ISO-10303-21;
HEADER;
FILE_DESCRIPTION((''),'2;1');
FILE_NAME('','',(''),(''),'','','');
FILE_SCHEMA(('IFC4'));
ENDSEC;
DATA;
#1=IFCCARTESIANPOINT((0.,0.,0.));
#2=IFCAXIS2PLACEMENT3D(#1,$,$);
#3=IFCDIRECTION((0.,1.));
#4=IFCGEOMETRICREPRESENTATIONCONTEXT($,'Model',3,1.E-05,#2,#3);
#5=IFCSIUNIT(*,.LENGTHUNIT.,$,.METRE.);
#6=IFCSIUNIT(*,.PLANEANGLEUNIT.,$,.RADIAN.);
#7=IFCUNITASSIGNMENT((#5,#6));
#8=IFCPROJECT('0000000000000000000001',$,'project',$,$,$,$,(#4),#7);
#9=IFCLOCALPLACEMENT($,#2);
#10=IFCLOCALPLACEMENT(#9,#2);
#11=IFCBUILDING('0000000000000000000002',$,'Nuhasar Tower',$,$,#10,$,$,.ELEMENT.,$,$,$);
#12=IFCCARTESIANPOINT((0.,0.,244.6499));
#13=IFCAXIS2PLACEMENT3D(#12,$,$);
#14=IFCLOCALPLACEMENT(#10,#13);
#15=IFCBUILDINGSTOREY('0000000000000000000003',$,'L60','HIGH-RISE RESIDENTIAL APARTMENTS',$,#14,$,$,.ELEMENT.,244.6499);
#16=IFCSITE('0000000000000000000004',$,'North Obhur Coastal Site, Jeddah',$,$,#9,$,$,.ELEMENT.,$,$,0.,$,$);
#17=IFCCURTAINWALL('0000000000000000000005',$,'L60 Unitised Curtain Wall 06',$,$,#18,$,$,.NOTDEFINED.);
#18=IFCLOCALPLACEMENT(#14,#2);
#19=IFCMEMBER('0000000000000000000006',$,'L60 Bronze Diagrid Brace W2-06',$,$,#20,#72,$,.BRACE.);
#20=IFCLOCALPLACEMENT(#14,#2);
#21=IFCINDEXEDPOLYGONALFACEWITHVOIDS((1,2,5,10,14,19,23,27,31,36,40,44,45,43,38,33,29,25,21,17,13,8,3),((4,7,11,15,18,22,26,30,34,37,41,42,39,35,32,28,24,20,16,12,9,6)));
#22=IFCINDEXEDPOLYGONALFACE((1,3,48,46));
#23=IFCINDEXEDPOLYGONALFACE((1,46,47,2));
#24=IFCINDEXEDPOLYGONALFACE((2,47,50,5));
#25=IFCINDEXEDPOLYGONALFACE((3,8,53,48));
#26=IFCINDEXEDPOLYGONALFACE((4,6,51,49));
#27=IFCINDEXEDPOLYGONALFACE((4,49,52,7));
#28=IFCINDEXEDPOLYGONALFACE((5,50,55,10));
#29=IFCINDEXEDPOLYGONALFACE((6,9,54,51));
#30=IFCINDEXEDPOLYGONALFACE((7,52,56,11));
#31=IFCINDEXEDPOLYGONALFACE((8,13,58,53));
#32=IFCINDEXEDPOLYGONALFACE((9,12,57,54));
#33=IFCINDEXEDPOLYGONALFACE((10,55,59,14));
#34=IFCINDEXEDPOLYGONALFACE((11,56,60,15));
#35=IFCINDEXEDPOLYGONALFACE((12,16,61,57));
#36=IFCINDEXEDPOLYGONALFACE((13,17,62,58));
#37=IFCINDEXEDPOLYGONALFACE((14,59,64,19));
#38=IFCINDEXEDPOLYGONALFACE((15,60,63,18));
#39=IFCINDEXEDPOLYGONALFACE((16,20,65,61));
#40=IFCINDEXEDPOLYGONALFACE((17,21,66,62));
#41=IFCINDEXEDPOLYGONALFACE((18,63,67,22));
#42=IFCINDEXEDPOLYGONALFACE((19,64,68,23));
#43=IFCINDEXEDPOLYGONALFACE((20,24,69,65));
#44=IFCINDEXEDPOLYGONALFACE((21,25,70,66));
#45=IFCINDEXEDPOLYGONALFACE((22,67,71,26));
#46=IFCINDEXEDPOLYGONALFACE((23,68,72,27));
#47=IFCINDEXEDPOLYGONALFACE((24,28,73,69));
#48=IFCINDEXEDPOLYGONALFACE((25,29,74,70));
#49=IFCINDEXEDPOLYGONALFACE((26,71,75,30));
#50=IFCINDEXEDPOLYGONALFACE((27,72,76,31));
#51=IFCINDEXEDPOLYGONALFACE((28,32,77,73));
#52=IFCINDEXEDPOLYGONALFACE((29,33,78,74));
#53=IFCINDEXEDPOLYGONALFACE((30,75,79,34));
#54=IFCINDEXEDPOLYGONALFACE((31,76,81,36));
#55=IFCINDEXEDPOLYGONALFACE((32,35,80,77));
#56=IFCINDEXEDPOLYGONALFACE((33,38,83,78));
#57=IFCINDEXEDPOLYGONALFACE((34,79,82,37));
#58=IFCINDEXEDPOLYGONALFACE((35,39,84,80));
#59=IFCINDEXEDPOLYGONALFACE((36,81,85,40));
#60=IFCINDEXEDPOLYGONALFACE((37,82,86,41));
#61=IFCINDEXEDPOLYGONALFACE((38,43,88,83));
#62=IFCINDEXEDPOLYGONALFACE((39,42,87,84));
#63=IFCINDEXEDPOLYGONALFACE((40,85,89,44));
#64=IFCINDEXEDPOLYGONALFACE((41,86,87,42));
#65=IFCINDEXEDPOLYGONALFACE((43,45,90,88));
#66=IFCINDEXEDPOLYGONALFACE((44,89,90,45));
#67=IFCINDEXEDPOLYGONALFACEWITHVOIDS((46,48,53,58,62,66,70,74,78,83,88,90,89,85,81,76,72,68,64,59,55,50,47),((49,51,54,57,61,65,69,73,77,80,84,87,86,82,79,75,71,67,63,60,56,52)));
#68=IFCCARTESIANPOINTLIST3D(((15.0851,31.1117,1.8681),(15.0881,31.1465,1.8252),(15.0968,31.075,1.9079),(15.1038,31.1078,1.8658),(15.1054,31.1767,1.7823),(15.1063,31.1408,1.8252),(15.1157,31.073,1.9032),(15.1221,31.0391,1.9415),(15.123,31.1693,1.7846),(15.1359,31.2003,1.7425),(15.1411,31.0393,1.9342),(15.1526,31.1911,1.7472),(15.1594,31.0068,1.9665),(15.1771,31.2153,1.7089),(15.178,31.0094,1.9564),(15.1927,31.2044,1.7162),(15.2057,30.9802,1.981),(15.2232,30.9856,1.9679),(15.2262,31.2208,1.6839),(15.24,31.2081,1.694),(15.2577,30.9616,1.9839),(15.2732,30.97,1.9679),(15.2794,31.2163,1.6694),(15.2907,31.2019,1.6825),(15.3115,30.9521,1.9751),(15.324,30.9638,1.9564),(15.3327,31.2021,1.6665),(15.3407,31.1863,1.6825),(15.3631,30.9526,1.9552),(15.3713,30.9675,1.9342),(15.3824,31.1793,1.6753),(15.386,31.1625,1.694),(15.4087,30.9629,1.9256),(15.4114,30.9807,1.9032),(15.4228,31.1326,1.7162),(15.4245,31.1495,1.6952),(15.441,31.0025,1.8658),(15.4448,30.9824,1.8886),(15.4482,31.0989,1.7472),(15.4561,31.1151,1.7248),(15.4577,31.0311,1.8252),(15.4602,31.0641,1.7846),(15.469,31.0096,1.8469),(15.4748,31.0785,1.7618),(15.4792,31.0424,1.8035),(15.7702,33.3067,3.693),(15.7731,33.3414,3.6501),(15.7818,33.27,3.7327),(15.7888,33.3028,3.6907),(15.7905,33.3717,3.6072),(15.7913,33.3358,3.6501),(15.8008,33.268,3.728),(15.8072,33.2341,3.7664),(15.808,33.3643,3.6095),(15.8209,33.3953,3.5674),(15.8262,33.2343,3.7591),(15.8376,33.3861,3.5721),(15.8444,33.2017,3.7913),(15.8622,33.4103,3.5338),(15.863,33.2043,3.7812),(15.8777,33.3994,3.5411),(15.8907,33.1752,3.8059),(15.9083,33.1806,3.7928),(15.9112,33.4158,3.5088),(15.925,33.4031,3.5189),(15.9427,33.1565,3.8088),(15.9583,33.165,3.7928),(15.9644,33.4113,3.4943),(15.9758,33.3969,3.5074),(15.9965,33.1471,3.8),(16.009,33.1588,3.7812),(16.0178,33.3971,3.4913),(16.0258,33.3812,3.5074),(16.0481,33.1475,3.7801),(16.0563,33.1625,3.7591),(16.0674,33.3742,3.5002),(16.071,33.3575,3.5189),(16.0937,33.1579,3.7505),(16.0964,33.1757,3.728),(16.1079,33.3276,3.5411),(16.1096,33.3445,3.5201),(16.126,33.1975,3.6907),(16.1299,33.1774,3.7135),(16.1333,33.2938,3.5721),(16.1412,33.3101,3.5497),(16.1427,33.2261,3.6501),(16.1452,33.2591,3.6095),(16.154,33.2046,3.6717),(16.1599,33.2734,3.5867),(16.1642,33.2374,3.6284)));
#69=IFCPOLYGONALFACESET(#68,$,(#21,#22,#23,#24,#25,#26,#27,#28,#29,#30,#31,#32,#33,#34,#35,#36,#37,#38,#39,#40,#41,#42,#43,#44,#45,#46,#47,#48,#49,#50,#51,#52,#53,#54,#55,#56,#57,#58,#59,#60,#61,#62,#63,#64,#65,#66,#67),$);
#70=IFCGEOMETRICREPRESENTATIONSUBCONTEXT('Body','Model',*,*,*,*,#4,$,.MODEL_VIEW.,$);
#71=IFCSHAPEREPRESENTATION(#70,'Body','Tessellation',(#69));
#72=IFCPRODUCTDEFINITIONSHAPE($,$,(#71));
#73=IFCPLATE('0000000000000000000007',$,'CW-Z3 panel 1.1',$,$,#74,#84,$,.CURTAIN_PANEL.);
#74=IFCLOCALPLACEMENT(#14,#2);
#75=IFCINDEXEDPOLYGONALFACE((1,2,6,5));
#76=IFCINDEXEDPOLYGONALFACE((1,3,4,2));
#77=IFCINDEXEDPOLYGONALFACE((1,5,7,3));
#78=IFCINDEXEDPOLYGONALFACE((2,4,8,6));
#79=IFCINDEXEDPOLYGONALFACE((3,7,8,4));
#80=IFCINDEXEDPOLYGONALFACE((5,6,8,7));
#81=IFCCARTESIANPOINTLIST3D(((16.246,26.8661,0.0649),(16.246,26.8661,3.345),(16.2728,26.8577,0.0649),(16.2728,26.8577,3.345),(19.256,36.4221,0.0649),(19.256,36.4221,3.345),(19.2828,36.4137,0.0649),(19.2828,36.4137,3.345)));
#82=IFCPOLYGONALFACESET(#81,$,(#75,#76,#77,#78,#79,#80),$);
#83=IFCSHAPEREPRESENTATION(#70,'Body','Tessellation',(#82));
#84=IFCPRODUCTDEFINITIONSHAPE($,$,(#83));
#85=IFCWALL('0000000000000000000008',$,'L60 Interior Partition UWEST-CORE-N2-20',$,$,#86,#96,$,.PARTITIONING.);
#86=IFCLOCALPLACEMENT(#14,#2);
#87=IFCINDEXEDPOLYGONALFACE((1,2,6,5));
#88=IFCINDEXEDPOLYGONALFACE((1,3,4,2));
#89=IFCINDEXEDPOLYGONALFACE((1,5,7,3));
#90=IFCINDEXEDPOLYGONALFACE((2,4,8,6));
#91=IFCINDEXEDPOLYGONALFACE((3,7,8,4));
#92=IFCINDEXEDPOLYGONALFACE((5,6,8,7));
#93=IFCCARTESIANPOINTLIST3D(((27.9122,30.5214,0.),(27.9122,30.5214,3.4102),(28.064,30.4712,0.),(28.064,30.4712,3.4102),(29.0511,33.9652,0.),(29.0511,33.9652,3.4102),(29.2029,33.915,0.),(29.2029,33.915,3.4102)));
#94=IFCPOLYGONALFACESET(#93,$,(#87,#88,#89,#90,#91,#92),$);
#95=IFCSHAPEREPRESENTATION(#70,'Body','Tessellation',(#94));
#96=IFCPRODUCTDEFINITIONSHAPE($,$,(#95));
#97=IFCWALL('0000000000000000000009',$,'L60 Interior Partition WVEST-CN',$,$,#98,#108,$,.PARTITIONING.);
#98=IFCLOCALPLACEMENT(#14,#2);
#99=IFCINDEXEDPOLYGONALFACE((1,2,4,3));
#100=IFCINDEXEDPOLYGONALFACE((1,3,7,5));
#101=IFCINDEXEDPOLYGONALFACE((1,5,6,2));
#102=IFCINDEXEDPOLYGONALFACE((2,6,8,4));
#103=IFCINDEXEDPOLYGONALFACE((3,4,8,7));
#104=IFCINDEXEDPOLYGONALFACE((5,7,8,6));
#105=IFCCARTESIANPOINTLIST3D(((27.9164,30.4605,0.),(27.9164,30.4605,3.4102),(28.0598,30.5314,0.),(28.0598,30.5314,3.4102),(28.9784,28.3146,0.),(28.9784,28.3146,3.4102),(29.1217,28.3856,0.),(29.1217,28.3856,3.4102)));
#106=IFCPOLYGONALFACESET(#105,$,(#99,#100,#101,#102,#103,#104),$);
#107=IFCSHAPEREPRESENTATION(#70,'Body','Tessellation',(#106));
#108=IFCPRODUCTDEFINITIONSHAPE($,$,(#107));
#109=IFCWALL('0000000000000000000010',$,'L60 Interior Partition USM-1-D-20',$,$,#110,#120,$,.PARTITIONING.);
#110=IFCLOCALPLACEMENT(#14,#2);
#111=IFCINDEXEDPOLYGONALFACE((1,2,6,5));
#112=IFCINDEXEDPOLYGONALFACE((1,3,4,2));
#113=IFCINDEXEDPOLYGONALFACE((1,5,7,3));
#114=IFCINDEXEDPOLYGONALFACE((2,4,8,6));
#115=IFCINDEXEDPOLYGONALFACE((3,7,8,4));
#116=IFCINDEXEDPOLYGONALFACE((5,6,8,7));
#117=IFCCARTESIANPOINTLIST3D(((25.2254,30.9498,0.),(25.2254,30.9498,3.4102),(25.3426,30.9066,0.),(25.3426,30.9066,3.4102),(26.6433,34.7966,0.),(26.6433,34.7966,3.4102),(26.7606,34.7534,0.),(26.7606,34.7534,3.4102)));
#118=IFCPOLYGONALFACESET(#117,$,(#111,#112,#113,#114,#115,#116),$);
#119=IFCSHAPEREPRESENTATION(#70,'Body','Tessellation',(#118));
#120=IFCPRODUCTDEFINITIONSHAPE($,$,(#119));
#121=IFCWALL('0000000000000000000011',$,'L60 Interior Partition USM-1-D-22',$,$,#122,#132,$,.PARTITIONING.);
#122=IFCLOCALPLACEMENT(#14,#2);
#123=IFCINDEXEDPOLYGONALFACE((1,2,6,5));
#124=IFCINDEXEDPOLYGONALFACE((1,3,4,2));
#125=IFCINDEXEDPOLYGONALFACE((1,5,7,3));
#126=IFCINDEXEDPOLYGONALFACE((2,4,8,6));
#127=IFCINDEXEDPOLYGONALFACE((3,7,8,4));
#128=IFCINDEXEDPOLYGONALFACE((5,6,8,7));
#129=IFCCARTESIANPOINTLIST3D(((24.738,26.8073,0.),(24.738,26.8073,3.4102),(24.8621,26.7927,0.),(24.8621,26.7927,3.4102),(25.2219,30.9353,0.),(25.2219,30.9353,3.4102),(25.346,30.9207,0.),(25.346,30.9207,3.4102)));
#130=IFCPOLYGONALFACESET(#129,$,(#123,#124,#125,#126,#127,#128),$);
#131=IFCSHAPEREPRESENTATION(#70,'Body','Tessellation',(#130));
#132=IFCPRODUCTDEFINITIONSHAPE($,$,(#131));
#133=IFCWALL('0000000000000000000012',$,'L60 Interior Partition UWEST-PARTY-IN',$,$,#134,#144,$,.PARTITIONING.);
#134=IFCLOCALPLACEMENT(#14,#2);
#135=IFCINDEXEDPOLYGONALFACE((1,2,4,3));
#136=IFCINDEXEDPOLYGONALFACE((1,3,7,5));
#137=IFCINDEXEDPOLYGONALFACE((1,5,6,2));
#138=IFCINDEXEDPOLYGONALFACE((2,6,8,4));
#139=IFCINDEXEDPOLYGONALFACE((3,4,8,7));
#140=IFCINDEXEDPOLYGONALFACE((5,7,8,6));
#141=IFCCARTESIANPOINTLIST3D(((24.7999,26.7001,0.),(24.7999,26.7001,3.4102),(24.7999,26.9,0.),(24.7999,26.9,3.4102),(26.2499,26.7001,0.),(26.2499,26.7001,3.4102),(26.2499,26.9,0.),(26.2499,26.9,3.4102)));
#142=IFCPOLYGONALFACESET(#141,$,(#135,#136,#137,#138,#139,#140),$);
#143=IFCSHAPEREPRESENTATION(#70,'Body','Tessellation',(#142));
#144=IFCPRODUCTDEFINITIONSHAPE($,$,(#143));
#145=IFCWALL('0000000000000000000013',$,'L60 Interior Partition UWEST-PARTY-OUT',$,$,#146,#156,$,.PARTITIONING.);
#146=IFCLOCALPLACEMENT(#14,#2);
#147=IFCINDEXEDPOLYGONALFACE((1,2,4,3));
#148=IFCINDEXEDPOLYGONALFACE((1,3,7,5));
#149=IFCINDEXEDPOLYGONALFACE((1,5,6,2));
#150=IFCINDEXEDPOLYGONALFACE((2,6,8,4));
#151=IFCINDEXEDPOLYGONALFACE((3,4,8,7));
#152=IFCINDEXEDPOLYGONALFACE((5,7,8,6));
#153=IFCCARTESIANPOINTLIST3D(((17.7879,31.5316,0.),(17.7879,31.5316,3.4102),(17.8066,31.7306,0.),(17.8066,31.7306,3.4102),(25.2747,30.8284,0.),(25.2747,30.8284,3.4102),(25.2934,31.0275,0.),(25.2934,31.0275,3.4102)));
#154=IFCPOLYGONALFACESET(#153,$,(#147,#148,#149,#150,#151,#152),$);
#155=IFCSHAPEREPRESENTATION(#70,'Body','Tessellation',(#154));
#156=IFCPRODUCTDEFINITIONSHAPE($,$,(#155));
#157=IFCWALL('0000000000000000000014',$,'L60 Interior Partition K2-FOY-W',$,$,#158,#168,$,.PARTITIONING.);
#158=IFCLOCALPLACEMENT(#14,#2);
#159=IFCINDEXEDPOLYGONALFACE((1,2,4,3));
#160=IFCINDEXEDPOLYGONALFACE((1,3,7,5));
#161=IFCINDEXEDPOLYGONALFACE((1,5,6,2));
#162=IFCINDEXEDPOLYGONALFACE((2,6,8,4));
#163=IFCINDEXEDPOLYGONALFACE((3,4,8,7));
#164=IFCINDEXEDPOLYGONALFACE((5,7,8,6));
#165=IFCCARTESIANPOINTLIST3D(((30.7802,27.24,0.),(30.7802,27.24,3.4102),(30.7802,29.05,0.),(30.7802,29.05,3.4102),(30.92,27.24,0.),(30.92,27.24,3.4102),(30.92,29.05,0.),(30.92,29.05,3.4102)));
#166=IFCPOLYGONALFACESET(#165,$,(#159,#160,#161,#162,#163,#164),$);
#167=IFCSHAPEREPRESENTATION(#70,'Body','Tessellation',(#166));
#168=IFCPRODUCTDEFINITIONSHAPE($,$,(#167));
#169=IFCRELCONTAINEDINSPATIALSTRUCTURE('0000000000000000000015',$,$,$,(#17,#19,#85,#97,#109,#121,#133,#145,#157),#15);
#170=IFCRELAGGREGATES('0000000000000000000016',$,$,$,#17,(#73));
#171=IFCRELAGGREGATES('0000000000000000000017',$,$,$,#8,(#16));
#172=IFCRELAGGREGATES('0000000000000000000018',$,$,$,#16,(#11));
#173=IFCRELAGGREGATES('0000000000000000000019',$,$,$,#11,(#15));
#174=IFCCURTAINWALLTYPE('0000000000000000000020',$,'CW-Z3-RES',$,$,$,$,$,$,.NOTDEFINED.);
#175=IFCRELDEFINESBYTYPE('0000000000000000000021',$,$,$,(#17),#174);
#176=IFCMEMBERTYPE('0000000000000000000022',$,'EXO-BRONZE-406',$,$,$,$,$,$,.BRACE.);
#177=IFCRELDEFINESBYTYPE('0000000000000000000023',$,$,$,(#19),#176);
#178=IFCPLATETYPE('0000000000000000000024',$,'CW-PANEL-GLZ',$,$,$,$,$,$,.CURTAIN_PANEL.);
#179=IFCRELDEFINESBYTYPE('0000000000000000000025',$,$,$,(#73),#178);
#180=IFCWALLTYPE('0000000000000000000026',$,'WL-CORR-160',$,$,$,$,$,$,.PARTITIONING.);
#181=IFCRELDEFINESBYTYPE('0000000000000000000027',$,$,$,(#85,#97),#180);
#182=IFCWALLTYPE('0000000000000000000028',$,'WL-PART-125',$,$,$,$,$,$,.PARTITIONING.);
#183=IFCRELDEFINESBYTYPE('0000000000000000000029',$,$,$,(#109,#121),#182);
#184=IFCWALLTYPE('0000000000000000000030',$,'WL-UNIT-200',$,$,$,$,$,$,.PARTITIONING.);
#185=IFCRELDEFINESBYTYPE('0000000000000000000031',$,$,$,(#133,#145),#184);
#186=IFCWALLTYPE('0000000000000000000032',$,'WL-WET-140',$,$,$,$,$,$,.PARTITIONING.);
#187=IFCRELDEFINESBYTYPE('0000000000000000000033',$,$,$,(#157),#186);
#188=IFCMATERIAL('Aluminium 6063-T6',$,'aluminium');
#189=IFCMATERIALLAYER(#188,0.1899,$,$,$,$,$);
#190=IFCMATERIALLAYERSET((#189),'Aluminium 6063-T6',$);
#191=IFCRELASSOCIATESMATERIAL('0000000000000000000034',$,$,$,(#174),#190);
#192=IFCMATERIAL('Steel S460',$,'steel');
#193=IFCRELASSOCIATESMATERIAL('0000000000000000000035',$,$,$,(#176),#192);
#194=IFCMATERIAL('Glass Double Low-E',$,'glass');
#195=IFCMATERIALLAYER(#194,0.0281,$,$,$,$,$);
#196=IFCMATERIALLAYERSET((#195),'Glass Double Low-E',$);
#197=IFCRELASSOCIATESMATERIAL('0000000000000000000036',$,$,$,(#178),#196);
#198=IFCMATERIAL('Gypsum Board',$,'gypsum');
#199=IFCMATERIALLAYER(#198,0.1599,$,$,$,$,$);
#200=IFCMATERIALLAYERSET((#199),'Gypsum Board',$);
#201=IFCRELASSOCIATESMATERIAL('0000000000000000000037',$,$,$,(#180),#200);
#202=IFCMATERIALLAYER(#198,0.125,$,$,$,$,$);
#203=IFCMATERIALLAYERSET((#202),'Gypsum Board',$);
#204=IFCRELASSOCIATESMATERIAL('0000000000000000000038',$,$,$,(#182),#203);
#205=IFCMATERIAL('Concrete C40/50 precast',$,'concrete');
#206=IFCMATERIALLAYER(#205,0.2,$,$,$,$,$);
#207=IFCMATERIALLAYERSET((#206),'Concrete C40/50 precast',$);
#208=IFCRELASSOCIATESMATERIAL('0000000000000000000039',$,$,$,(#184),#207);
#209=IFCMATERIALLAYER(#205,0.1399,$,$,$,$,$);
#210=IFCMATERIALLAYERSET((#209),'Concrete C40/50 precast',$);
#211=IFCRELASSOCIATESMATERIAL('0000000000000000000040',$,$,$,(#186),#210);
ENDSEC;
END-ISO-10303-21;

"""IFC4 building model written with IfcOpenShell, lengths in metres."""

from ifc_helpers import new_model, si_unit, direction, frame, frame_2d, origin, origin_2d, place, context, subcontext, project, spatial, rectangle, hollow_circle, extrude, material, layer, layer_set, material_profile, profile_set, type_object, element, aggregate, save


model = new_model("IFC4")

# Units and contexts
model_context = context("Model", 3, precision=1e-05, world=origin(), true_north=direction((0.0, 1.0)))
body_context = subcontext(model_context, "Body", "Model", "MODEL_VIEW")
ifc_project = project(units=[si_unit("LENGTHUNIT", "METRE"), si_unit("PLANEANGLEUNIT", "RADIAN")], contexts=[model_context])

# Site, building, storey
site_placement = place(None, origin())
site = spatial("IfcSite", under=ifc_project, at=site_placement, Name="North Obhur Coastal Site, Jeddah", CompositionType="ELEMENT", RefElevation=0.0)
building_placement = place(site_placement, origin())
building = spatial("IfcBuilding", under=site, at=building_placement, Name="Nuhasar Tower", CompositionType="ELEMENT")
storey_placement = place(building_placement, frame((0.0, 0.0, 244.6499)))
storey = spatial("IfcBuildingStorey", under=building, at=storey_placement, Name="L60", Description="HIGH-RISE RESIDENTIAL APARTMENTS", CompositionType="ELEMENT", Elevation=244.6499)

# Curtain wall
ifc_material_1 = material(Name="Aluminium 6063-T6", Category="aluminium")
ifc_layer_1 = layer(ifc_material_1, 0.1899)
ifc_layer_set_1 = layer_set([ifc_layer_1], Name="Aluminium 6063-T6")
curtain_wall_type = type_object("IfcCurtainWallType", Name="CW-Z3-RES", PredefinedType="NOTDEFINED", material=ifc_layer_set_1)
curtain_wall_placement = place(storey_placement, origin())
curtain_wall = element("IfcCurtainWall", 1, at=curtain_wall_placement, inside=storey, type_object=curtain_wall_type, Name="L60 Unitised Curtain Wall 06", PredefinedType="NOTDEFINED")

# Member
ifc_material_2 = material(Name="Steel S460", Category="steel")
ifc_material_profile_1 = material_profile(ifc_material_2, hollow_circle(Radius=0.2031, WallThickness=0.019, at=origin_2d()), Name="HSS406.4X19.1")
ifc_profile_set_1 = profile_set([ifc_material_profile_1], Name="Steel S460")
member_type_1 = type_object("IfcMemberType", Name="EXO-BRONZE-406", PredefinedType="BRACE", material=ifc_profile_set_1)
member_1_placement = place(storey_placement, frame((15.282, 31.0859, 1.8252), z_axis=(0.233358, 0.747727, 0.62165), x_axis=(-0.954591, 0.297918, 0.0)))
element("IfcMember", 2, at=member_1_placement, inside=storey, type_object=member_type_1, Name="L60 Bronze Diagrid Brace W2-06", PredefinedType="BRACE", context=body_context, shape_type="SweptSolid", body=[
    extrude(hollow_circle(Radius=0.2031, WallThickness=0.019, at=origin_2d()), origin(), (0.0, 0.0, 1.0), 2.9355),
])

# Plate
ifc_material_3 = material(Name="Glass Double Low-E", Category="glass")
ifc_layer_2 = layer(ifc_material_3, 0.0281)
ifc_layer_set_2 = layer_set([ifc_layer_2], Name="Glass Double Low-E")
plate_type = type_object("IfcPlateType", Name="CW-PANEL-GLZ", PredefinedType="CURTAIN_PANEL", material=ifc_layer_set_2)
plate_placement = place(storey_placement, frame((17.7644, 31.6399, 0.0649), z_axis=(0.0, 0.0, 1.0), x_axis=(-0.300429, -0.953804, 0.0)))
plate = element("IfcPlate", 3, at=plate_placement, type_object=plate_type, Name="CW-Z3 panel 1.1", PredefinedType="CURTAIN_PANEL", context=body_context, shape_type="SweptSolid", body=[
    extrude(rectangle(XDim=10.0188, YDim=0.0281, at=origin_2d()), origin(), (0.0, 0.0, 1.0), 3.28),
])
aggregate(curtain_wall, [plate])

# Wall
ifc_material_4 = material(Name="Gypsum Board", Category="gypsum")
ifc_layer_3 = layer(ifc_material_4, 0.1599)
ifc_layer_set_3 = layer_set([ifc_layer_3], Name="Gypsum Board")
wall_type_1 = type_object("IfcWallType", Name="WL-CORR-160", PredefinedType="PARTITIONING", material=ifc_layer_set_3)
wall_1_placement = place(storey_placement, frame((29.127, 33.9399, 0.0), z_axis=(0.0, 0.0, 1.0), x_axis=(-0.313986, -0.949428, 0.0)))
element("IfcWall", 4, at=wall_1_placement, inside=storey, type_object=wall_type_1, Name="L60 Interior Partition UWEST-CORE-N2-20", PredefinedType="PARTITIONING", context=body_context, shape_type="SweptSolid", body=[
    extrude(rectangle(XDim=3.6272, YDim=0.1599, at=frame_2d((1.8135, 0.0))), origin(), (0.0, 0.0, 1.0), 3.4102),
])

# Walls
wall_2_placement = place(storey_placement, frame((27.988, 30.4961, 0.0), z_axis=(0.0, 0.0, 1.0), x_axis=(0.443539, -0.896255, 0.0)))
element("IfcWall", 5, at=wall_2_placement, inside=storey, type_object=wall_type_1, Name="L60 Interior Partition WVEST-CN", PredefinedType="PARTITIONING", context=body_context, shape_type="SweptSolid", body=[
    extrude(rectangle(XDim=2.3943, YDim=0.1599, at=frame_2d((1.1973, 0.0))), origin(), (0.0, 0.0, 1.0), 3.4102),
])
ifc_layer_4 = layer(ifc_material_4, 0.125)
ifc_layer_set_4 = layer_set([ifc_layer_4], Name="Gypsum Board")
wall_type_2 = type_object("IfcWallType", Name="WL-PART-125", PredefinedType="PARTITIONING", material=ifc_layer_set_4)
wall_3_placement = place(storey_placement, frame((26.7019, 34.7749, 0.0), z_axis=(0.0, 0.0, 1.0), x_axis=(-0.345852, -0.938289, 0.0)))
element("IfcWall", 6, at=wall_3_placement, inside=storey, type_object=wall_type_2, Name="L60 Interior Partition USM-1-D-20", PredefinedType="PARTITIONING", context=body_context, shape_type="SweptSolid", body=[
    extrude(rectangle(XDim=4.0999, YDim=0.125, at=frame_2d((2.0498, 0.0))), origin(), (0.0, 0.0, 1.0), 3.4102),
])
wall_4_placement = place(storey_placement, frame((25.2839, 30.928, 0.0), z_axis=(0.0, 0.0, 1.0), x_axis=(-0.116425, -0.993199, 0.0)))
element("IfcWall", 7, at=wall_4_placement, inside=storey, type_object=wall_type_2, Name="L60 Interior Partition USM-1-D-22", PredefinedType="PARTITIONING", context=body_context, shape_type="SweptSolid", body=[
    extrude(rectangle(XDim=4.1562, YDim=0.125, at=frame_2d((2.0781, 0.0))), origin(), (0.0, 0.0, 1.0), 3.4102),
])
ifc_material_5 = material(Name="Concrete C40/50 precast", Category="concrete")
ifc_layer_5 = layer(ifc_material_5, 0.2)
ifc_layer_set_5 = layer_set([ifc_layer_5], Name="Concrete C40/50 precast")
wall_type_3 = type_object("IfcWallType", Name="WL-UNIT-200", PredefinedType="PARTITIONING", material=ifc_layer_set_5)
wall_5_placement = place(storey_placement, frame((26.25, 26.8, 0.0), z_axis=(0.0, 0.0, 1.0), x_axis=(-1.0, 0.0, 0.0)))
element("IfcWall", 8, at=wall_5_placement, inside=storey, type_object=wall_type_3, Name="L60 Interior Partition UWEST-PARTY-IN", PredefinedType="PARTITIONING", context=body_context, shape_type="SweptSolid", body=[
    extrude(rectangle(XDim=1.45, YDim=0.2, at=frame_2d((0.7251, 0.0))), origin(), (0.0, 0.0, 1.0), 3.4102),
])
wall_6_placement = place(storey_placement, frame((25.2839, 30.928, 0.0), z_axis=(0.0, 0.0, 1.0), x_axis=(-0.995619, 0.093504, 0.0)))
element("IfcWall", 9, at=wall_6_placement, inside=storey, type_object=wall_type_3, Name="L60 Interior Partition UWEST-PARTY-OUT", PredefinedType="PARTITIONING", context=body_context, shape_type="SweptSolid", body=[
    extrude(rectangle(XDim=7.5198, YDim=0.2, at=frame_2d((3.7598, 0.0))), origin(), (0.0, 0.0, 1.0), 3.4102),
])
ifc_layer_6 = layer(ifc_material_5, 0.1399)
ifc_layer_set_6 = layer_set([ifc_layer_6], Name="Concrete C40/50 precast")
wall_type_4 = type_object("IfcWallType", Name="WL-WET-140", PredefinedType="PARTITIONING", material=ifc_layer_set_6)
wall_7_placement = place(storey_placement, frame((30.8501, 27.24, 0.0), z_axis=(0.0, 0.0, 1.0), x_axis=(0.0, 1.0, 0.0)))
element("IfcWall", 10, at=wall_7_placement, inside=storey, type_object=wall_type_4, Name="L60 Interior Partition K2-FOY-W", PredefinedType="PARTITIONING", context=body_context, shape_type="SweptSolid", body=[
    extrude(rectangle(XDim=1.8101, YDim=0.1399, at=frame_2d((0.905, 0.0))), origin(), (0.0, 0.0, 1.0), 3.4102),
])

save(model, "model.ifc")
